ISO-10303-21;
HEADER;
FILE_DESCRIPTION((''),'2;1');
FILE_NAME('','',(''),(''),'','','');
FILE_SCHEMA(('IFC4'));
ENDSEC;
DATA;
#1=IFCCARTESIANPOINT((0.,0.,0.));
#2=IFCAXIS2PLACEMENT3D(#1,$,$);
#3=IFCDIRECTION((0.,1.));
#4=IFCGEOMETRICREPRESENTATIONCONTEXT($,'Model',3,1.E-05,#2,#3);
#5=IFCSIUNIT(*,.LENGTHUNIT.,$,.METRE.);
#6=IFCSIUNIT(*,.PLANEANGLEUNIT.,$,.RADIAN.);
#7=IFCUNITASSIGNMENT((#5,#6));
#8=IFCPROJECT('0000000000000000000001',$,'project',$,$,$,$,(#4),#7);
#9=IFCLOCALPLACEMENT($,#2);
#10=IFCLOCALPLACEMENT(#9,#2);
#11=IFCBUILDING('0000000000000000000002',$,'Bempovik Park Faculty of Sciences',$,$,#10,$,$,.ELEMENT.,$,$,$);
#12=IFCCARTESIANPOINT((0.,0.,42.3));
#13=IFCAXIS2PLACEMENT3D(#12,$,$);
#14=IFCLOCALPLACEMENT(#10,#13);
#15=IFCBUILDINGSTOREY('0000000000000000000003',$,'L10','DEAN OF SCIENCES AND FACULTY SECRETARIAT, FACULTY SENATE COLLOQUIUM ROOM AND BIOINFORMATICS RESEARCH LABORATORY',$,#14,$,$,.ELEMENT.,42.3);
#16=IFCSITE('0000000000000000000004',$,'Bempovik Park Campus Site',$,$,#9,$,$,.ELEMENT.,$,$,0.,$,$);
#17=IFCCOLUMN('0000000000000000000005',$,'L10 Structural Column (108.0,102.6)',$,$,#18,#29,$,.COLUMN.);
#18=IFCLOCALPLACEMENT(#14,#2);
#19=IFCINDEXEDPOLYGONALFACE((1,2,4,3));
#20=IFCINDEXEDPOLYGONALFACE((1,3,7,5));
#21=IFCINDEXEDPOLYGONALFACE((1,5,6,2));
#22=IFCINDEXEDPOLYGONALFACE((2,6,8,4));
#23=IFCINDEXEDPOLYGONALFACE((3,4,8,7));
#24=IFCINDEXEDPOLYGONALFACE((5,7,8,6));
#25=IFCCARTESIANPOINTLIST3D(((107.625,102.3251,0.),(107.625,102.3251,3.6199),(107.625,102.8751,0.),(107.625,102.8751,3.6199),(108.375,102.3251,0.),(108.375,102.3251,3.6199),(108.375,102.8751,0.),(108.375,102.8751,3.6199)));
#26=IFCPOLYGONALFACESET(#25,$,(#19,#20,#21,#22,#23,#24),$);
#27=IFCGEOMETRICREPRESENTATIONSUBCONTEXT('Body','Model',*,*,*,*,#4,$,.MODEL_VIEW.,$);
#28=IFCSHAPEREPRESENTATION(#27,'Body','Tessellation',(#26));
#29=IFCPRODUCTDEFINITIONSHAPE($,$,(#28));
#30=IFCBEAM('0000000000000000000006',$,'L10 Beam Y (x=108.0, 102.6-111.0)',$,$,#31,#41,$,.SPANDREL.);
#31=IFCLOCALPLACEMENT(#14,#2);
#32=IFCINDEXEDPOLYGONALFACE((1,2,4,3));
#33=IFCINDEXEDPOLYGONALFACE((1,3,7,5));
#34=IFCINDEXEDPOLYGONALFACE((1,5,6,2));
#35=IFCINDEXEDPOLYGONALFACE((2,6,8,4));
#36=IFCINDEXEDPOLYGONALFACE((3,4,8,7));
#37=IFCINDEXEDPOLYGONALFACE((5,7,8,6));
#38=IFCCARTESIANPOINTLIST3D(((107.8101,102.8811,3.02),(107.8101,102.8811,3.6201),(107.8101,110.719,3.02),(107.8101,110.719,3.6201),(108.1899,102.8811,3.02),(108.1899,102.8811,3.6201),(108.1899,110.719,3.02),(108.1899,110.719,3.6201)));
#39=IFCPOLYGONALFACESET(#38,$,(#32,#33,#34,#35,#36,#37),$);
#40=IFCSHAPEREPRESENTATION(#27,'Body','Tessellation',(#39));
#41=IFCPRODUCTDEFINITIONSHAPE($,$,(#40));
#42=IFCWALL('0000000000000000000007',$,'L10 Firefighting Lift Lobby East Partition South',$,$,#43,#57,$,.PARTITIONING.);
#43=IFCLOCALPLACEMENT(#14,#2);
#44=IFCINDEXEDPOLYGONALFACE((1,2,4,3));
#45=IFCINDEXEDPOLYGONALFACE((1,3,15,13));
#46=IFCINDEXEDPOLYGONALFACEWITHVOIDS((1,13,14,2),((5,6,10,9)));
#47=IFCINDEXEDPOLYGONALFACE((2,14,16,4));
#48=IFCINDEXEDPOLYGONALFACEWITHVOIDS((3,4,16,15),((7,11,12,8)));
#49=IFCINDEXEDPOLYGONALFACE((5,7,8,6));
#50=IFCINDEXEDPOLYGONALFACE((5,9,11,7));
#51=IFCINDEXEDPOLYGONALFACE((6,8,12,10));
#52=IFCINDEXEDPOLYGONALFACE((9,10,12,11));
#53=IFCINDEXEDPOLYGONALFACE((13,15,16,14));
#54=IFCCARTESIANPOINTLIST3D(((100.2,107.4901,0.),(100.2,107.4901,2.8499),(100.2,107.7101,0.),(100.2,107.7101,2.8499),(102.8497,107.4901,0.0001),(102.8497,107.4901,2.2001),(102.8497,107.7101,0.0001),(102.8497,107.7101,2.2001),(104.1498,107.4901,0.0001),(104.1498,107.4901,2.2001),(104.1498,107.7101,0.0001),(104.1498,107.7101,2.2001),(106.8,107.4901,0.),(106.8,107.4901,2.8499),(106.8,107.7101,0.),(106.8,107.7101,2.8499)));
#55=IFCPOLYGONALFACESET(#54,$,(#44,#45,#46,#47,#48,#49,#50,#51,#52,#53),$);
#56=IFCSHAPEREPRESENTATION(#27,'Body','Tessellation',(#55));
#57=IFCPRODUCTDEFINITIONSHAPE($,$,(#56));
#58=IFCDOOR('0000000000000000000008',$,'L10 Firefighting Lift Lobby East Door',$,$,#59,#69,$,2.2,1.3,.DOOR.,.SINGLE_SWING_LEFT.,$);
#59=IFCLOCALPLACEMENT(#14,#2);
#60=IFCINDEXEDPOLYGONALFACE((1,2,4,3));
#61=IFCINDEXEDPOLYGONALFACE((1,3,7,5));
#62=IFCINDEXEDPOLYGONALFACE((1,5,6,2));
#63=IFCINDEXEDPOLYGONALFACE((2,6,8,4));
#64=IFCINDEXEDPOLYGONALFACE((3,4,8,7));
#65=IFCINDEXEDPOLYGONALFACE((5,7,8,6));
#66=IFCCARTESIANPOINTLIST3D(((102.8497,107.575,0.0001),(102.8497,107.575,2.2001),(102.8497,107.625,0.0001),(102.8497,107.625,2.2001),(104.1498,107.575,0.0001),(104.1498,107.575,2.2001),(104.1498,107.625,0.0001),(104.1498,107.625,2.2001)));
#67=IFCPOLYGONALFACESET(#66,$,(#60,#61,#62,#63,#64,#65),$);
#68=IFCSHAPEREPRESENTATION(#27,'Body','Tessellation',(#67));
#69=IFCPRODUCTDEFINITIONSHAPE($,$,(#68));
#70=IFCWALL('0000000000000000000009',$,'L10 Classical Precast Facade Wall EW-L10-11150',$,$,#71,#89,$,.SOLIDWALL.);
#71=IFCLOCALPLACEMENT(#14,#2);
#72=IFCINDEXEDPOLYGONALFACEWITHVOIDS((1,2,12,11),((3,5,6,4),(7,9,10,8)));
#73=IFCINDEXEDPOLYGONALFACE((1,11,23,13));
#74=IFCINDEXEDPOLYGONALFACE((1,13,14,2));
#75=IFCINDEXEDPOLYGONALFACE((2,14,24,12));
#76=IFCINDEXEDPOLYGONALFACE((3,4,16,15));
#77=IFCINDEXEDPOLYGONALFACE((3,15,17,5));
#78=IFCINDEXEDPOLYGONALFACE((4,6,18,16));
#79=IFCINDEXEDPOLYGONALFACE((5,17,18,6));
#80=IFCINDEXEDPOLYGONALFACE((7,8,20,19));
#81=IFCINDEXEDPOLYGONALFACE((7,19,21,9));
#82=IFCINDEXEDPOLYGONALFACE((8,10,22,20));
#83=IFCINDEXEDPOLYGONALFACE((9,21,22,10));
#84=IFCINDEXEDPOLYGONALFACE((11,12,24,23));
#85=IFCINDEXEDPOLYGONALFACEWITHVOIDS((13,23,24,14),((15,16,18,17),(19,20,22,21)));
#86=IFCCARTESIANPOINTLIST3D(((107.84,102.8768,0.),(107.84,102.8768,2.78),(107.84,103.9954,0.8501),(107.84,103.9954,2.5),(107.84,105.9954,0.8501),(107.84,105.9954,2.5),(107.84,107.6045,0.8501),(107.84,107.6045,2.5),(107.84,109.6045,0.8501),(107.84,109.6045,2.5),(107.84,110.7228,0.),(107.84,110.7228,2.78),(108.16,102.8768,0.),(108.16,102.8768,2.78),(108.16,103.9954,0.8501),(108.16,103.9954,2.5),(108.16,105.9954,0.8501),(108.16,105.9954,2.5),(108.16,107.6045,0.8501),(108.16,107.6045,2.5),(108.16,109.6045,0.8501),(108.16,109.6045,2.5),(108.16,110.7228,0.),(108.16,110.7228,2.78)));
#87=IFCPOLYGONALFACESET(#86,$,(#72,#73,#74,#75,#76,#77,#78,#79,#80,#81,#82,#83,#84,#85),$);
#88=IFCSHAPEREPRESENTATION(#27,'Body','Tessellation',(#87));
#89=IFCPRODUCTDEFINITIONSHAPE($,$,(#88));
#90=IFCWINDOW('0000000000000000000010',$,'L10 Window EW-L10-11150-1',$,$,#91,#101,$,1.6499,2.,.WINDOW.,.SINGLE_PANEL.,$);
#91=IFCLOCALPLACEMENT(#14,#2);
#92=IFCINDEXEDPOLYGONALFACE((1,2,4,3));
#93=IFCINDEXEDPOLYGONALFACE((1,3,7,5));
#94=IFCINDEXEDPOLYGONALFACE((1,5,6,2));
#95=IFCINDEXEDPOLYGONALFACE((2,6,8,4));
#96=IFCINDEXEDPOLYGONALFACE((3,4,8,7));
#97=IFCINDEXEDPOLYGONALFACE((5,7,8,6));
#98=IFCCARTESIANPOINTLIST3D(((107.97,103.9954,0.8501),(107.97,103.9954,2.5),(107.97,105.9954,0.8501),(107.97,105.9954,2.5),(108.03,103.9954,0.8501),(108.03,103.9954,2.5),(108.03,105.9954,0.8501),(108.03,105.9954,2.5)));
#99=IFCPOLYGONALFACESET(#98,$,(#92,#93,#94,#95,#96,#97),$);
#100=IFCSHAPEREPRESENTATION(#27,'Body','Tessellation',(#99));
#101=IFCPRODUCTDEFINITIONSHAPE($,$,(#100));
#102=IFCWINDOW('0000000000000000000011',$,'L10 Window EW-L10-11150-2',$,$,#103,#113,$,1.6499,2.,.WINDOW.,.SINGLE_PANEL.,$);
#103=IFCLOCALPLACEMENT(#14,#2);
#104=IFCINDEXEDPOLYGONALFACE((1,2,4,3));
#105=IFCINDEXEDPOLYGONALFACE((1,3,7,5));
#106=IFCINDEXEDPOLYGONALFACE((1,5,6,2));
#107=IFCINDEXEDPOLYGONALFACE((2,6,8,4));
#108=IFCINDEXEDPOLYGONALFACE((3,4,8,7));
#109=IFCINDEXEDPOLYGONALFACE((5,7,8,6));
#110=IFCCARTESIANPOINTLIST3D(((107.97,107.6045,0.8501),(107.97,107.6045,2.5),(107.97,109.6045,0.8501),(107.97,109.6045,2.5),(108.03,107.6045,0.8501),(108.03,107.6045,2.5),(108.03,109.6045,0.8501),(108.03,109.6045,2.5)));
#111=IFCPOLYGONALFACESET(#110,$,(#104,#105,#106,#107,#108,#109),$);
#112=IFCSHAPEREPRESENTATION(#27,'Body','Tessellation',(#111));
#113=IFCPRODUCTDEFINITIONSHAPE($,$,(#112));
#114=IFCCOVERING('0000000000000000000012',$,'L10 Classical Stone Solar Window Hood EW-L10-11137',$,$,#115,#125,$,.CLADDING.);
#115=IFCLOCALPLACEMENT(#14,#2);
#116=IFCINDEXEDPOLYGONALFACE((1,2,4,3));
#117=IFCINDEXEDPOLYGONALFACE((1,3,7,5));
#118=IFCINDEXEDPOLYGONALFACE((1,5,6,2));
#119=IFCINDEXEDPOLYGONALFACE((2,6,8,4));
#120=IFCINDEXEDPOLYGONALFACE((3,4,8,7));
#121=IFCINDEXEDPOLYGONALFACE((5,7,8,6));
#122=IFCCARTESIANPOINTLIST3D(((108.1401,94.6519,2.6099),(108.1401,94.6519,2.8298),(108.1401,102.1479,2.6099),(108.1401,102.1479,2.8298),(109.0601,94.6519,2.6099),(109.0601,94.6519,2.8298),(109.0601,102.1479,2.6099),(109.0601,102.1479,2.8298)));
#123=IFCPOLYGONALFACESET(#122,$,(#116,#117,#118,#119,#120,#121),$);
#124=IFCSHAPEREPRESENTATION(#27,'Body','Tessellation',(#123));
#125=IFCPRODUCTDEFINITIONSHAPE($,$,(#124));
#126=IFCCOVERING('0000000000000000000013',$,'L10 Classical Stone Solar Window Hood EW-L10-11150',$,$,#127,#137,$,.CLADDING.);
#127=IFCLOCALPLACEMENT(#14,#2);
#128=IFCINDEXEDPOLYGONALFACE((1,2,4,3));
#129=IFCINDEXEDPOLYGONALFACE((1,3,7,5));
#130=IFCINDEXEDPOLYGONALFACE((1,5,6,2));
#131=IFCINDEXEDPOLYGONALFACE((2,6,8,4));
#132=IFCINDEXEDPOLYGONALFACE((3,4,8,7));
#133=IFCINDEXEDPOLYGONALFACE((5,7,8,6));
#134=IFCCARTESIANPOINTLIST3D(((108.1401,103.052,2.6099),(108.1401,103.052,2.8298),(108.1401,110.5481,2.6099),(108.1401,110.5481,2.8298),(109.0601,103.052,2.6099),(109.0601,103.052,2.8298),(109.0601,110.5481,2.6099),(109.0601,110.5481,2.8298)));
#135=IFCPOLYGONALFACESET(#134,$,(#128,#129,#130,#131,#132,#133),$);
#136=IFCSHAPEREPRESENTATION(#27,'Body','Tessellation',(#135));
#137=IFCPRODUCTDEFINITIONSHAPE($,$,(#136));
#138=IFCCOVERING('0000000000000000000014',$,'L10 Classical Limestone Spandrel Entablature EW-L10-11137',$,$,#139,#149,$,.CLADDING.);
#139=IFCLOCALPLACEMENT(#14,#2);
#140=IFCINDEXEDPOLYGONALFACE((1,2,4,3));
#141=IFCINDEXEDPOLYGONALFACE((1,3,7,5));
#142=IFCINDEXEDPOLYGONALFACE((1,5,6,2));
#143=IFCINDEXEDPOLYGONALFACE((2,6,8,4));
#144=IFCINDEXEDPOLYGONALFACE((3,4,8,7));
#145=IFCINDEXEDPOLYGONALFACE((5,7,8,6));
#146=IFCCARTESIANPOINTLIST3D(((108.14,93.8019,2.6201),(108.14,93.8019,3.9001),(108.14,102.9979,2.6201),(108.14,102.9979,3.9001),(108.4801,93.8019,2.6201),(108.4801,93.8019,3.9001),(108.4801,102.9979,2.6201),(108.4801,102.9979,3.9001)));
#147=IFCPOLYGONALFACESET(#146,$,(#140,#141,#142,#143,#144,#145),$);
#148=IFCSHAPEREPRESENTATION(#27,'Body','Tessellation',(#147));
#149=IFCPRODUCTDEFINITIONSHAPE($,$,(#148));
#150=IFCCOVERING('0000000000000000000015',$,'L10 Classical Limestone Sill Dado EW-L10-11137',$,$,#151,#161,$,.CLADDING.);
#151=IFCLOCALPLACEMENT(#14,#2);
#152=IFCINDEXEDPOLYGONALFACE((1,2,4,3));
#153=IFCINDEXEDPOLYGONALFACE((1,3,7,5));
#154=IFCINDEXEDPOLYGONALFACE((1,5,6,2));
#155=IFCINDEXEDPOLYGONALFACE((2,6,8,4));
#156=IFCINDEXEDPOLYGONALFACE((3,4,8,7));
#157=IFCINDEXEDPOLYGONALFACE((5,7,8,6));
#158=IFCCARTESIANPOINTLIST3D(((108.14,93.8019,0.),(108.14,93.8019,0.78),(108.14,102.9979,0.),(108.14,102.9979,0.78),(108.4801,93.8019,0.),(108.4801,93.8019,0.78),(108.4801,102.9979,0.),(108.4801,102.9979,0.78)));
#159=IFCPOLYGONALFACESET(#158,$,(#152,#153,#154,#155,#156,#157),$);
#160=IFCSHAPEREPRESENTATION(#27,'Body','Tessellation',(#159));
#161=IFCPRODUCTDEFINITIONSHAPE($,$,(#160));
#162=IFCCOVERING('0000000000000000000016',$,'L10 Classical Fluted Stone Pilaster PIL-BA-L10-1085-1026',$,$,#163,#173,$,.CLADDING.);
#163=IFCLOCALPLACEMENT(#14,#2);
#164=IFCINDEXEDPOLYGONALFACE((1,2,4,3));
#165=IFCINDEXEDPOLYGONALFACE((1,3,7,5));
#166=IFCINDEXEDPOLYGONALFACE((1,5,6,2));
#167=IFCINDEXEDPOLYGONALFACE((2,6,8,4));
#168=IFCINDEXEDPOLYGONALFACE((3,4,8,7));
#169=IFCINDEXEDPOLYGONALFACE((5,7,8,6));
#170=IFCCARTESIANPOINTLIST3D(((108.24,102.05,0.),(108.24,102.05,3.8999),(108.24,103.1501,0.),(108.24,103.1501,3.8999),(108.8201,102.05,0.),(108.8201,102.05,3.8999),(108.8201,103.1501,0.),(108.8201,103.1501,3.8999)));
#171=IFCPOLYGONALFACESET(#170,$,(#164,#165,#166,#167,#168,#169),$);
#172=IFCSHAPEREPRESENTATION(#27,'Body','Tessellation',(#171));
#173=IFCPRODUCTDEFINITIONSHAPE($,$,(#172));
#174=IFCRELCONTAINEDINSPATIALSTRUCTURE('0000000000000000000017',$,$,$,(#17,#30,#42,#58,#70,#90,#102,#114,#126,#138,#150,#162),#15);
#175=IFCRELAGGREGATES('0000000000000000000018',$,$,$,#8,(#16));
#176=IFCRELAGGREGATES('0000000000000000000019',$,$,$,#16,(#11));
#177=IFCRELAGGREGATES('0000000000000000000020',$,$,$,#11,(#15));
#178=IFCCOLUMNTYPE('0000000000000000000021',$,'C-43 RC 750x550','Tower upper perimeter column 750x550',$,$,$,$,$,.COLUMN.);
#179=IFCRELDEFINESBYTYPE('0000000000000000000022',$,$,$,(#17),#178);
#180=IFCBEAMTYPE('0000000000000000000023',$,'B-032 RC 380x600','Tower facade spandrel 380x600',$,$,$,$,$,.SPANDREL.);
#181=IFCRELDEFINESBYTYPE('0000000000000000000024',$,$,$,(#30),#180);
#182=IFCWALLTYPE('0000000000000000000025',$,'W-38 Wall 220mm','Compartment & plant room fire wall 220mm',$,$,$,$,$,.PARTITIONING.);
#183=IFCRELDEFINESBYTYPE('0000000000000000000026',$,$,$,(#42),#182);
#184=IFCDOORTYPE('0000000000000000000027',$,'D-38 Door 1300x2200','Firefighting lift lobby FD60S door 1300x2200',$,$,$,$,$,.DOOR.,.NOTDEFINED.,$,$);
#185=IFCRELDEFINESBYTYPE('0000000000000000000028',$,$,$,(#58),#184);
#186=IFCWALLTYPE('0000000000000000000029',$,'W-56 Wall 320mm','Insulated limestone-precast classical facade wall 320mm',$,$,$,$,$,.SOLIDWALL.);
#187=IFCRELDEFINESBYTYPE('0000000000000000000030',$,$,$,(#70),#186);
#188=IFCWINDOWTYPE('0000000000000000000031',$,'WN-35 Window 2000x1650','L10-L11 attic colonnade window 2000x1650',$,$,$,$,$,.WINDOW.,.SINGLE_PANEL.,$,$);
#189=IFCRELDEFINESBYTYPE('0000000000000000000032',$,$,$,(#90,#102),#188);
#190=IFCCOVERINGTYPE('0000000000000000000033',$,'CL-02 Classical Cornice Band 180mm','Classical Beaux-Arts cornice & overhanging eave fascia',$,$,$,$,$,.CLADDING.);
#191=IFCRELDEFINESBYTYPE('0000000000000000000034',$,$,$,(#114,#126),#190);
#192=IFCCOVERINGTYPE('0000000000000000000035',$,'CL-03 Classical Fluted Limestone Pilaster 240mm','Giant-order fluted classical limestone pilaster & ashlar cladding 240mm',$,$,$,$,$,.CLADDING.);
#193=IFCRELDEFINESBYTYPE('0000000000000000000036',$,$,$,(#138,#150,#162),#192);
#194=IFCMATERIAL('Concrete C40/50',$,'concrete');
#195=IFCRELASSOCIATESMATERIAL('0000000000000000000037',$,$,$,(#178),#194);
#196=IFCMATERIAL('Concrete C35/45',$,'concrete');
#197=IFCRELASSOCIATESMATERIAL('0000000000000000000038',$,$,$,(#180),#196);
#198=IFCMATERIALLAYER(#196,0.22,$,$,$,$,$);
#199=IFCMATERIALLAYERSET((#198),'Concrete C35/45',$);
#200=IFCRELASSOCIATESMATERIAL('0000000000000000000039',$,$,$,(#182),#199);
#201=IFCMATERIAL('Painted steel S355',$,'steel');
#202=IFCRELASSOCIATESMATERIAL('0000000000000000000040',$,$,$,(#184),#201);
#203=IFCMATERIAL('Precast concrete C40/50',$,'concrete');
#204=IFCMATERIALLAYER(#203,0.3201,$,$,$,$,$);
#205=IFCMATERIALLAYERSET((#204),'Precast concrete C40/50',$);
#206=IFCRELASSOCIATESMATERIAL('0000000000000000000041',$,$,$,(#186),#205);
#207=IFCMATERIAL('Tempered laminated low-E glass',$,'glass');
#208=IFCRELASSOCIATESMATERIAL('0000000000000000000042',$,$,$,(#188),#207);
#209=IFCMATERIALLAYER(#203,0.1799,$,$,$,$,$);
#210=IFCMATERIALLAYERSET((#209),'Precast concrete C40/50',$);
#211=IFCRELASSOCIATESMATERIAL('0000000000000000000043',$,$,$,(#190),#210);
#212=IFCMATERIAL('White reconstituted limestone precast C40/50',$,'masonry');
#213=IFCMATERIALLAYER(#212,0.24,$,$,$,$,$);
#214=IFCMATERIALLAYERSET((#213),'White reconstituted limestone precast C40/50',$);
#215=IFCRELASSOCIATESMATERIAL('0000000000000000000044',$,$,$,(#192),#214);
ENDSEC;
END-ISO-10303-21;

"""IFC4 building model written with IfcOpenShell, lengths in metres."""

from ifc_helpers import new_model, si_unit, direction, frame, frame_2d, origin, origin_2d, place, context, subcontext, project, spatial, rectangle, extrude, material, layer, layer_set, material_profile, profile_set, type_object, element, fill, save


model = new_model("IFC4")

# Units and contexts
model_context = context("Model", 3, precision=1e-05, world=origin(), true_north=direction((0.0, 1.0)))
body_context = subcontext(model_context, "Body", "Model", "MODEL_VIEW")
ifc_project = project(units=[si_unit("LENGTHUNIT", "METRE"), si_unit("PLANEANGLEUNIT", "RADIAN")], contexts=[model_context])

# Site, building, storey
site_placement = place(None, origin())
site = spatial("IfcSite", under=ifc_project, at=site_placement, Name="Bempovik Park Campus Site", CompositionType="ELEMENT", RefElevation=0.0)
building_placement = place(site_placement, origin())
building = spatial("IfcBuilding", under=site, at=building_placement, Name="Bempovik Park Faculty of Sciences", CompositionType="ELEMENT")
storey_placement = place(building_placement, frame((0.0, 0.0, 42.3)))
storey = spatial("IfcBuildingStorey", under=building, at=storey_placement, Name="L10", Description="DEAN OF SCIENCES AND FACULTY SECRETARIAT, FACULTY SENATE COLLOQUIUM ROOM AND BIOINFORMATICS RESEARCH LABORATORY", CompositionType="ELEMENT", Elevation=42.3)

# Column
ifc_material_1 = material(Name="Concrete C40/50", Category="concrete")
ifc_material_profile_1 = material_profile(ifc_material_1, rectangle(XDim=0.75, YDim=0.55, at=origin_2d()), Name="RC 750x550")
ifc_profile_set_1 = profile_set([ifc_material_profile_1], Name="Concrete C40/50")
column_type = type_object("IfcColumnType", Name="C-43 RC 750x550", Description="Tower upper perimeter column 750x550", PredefinedType="COLUMN", material=ifc_profile_set_1)
column_placement = place(storey_placement, frame((108.0, 102.6001, 0.0), z_axis=(0.0, 0.0, 1.0), x_axis=(1.0, 0.0, 0.0)))
element("IfcColumn", 1, at=column_placement, inside=storey, type_object=column_type, Name="L10 Structural Column (108.0,102.6)", PredefinedType="COLUMN", context=body_context, shape_type="SweptSolid", body=[
    extrude(rectangle(XDim=0.75, YDim=0.55, at=origin_2d()), origin(), (0.0, 0.0, 1.0), 3.6199),
])

# Beam
ifc_material_2 = material(Name="Concrete C35/45", Category="concrete")
ifc_material_profile_2 = material_profile(ifc_material_2, rectangle(XDim=0.3799, YDim=0.6001, at=origin_2d()), Name="RC 380x600")
ifc_profile_set_2 = profile_set([ifc_material_profile_2], Name="Concrete C35/45")
beam_type = type_object("IfcBeamType", Name="B-032 RC 380x600", Description="Tower facade spandrel 380x600", PredefinedType="SPANDREL", material=ifc_profile_set_2)
beam_placement = place(storey_placement, frame((108.0, 102.8811, 3.3201), z_axis=(0.0, 1.0, 0.0), x_axis=(-1.0, 0.0, 0.0)))
element("IfcBeam", 2, at=beam_placement, inside=storey, type_object=beam_type, Name="L10 Beam Y (x=108.0, 102.6-111.0)", PredefinedType="SPANDREL", context=body_context, shape_type="SweptSolid", body=[
    extrude(rectangle(XDim=0.3799, YDim=0.6001, at=origin_2d()), origin(), (0.0, 0.0, 1.0), 7.8379),
])

# Wall, opening, door
ifc_layer_1 = layer(ifc_material_2, 0.22)
ifc_layer_set_1 = layer_set([ifc_layer_1], Name="Concrete C35/45")
wall_type_1 = type_object("IfcWallType", Name="W-38 Wall 220mm", Description="Compartment & plant room fire wall 220mm", PredefinedType="PARTITIONING", material=ifc_layer_set_1)
wall_1_placement = place(storey_placement, frame((100.2, 107.6001, 0.0), z_axis=(0.0, 0.0, 1.0), x_axis=(1.0, 0.0, 0.0)))
wall_1 = element("IfcWall", 3, at=wall_1_placement, inside=storey, type_object=wall_type_1, Name="L10 Firefighting Lift Lobby East Partition South", PredefinedType="PARTITIONING", context=body_context, shape_type="SweptSolid", body=[
    extrude(rectangle(XDim=6.6001, YDim=0.22, at=frame_2d((3.3, 0.0))), origin(), (0.0, 0.0, 1.0), 2.8499),
])
opening_1_placement = place(wall_1_placement, frame((2.6499, 0.0, 0.0)))
opening_1 = element("IfcOpeningElement", 4, at=opening_1_placement, cuts=wall_1, PredefinedType="OPENING", context=body_context, shape_type="SweptSolid", body=[
    extrude(rectangle(XDim=1.3, YDim=2.2, at=frame_2d((0.6499, 1.1001))), frame((0.0, 0.1201, 0.0), z_axis=(0.0, -1.0, 0.0), x_axis=(1.0, 0.0, 0.0)), (0.0, 0.0, 1.0), 0.24),
])
ifc_material_3 = material(Name="Painted steel S355", Category="steel")
door_type = type_object("IfcDoorType", Name="D-38 Door 1300x2200", Description="Firefighting lift lobby FD60S door 1300x2200", OperationType="NOTDEFINED", PredefinedType="DOOR", material=ifc_material_3)
door_placement = place(opening_1_placement, origin())
door = element("IfcDoor", 5, at=door_placement, inside=storey, type_object=door_type, Name="L10 Firefighting Lift Lobby East Door", OperationType="SINGLE_SWING_LEFT", OverallHeight=2.2, OverallWidth=1.3, PredefinedType="DOOR", context=body_context, shape_type="SweptSolid", body=[
    extrude(rectangle(XDim=1.3, YDim=2.2, at=frame_2d((0.6499, 1.1001))), frame((0.0, 0.0249, 0.0), z_axis=(0.0, -1.0, 0.0), x_axis=(1.0, 0.0, 0.0)), (0.0, 0.0, 1.0), 0.05),
])
fill(opening_1, door)

# Wall, openings, windows
ifc_material_4 = material(Name="Precast concrete C40/50", Category="concrete")
ifc_layer_2 = layer(ifc_material_4, 0.3201)
ifc_layer_set_2 = layer_set([ifc_layer_2], Name="Precast concrete C40/50")
wall_type_2 = type_object("IfcWallType", Name="W-56 Wall 320mm", Description="Insulated limestone-precast classical facade wall 320mm", PredefinedType="SOLIDWALL", material=ifc_layer_set_2)
wall_2_placement = place(storey_placement, frame((108.0, 102.877, 0.0), z_axis=(0.0, 0.0, 1.0), x_axis=(0.0, 1.0, 0.0)))
wall_2 = element("IfcWall", 6, at=wall_2_placement, inside=storey, type_object=wall_type_2, Name="L10 Classical Precast Facade Wall EW-L10-11150", PredefinedType="SOLIDWALL", context=body_context, shape_type="SweptSolid", body=[
    extrude(rectangle(XDim=7.8459, YDim=0.3201, at=frame_2d((3.9229, 0.0))), origin(), (0.0, 0.0, 1.0), 2.78),
])
opening_2_placement = place(wall_2_placement, frame((1.1184, 0.0, 0.8501)))
opening_2 = element("IfcOpeningElement", 7, at=opening_2_placement, cuts=wall_2, PredefinedType="OPENING", context=body_context, shape_type="SweptSolid", body=[
    extrude(rectangle(XDim=2.0, YDim=1.6499, at=frame_2d((1.0, 0.825))), frame((0.0, 0.1699, 0.0), z_axis=(0.0, -1.0, 0.0), x_axis=(1.0, 0.0, 0.0)), (0.0, 0.0, 1.0), 0.3401),
])
opening_3_placement = place(wall_2_placement, frame((4.7275, 0.0, 0.8501)))
opening_3 = element("IfcOpeningElement", 8, at=opening_3_placement, cuts=wall_2, PredefinedType="OPENING", context=body_context, shape_type="SweptSolid", body=[
    extrude(rectangle(XDim=2.0, YDim=1.6499, at=frame_2d((1.0, 0.825))), frame((0.0, 0.1699, 0.0), z_axis=(0.0, -1.0, 0.0), x_axis=(1.0, 0.0, 0.0)), (0.0, 0.0, 1.0), 0.3401),
])
ifc_material_5 = material(Name="Tempered laminated low-E glass", Category="glass")
window_type = type_object("IfcWindowType", Name="WN-35 Window 2000x1650", Description="L10-L11 attic colonnade window 2000x1650", PartitioningType="SINGLE_PANEL", PredefinedType="WINDOW", material=ifc_material_5)
window_1_placement = place(opening_2_placement, origin())
window_1 = element("IfcWindow", 9, at=window_1_placement, inside=storey, type_object=window_type, Name="L10 Window EW-L10-11150-1", OverallHeight=1.6499, OverallWidth=2.0, PartitioningType="SINGLE_PANEL", PredefinedType="WINDOW", context=body_context, shape_type="SweptSolid", body=[
    extrude(rectangle(XDim=2.0, YDim=1.6499, at=frame_2d((1.0, 0.825))), frame((0.0, 0.03, 0.0), z_axis=(0.0, -1.0, 0.0), x_axis=(1.0, 0.0, 0.0)), (0.0, 0.0, 1.0), 0.0601),
])
fill(opening_2, window_1)
window_2_placement = place(opening_3_placement, origin())
window_2 = element("IfcWindow", 10, at=window_2_placement, inside=storey, type_object=window_type, Name="L10 Window EW-L10-11150-2", OverallHeight=1.6499, OverallWidth=2.0, PartitioningType="SINGLE_PANEL", PredefinedType="WINDOW", context=body_context, shape_type="SweptSolid", body=[
    extrude(rectangle(XDim=2.0, YDim=1.6499, at=frame_2d((1.0, 0.825))), frame((0.0, 0.03, 0.0), z_axis=(0.0, -1.0, 0.0), x_axis=(1.0, 0.0, 0.0)), (0.0, 0.0, 1.0), 0.0601),
])
fill(opening_3, window_2)

# Coverings
ifc_layer_3 = layer(ifc_material_4, 0.1799)
ifc_layer_set_3 = layer_set([ifc_layer_3], Name="Precast concrete C40/50")
covering_type_1 = type_object("IfcCoveringType", Name="CL-02 Classical Cornice Band 180mm", Description="Classical Beaux-Arts cornice & overhanging eave fascia", PredefinedType="CLADDING", material=ifc_layer_set_3)
for number, where, z_axis, x_axis, name in (
    (11, (108.6001, 98.3999, 2.6099), (0.0, 0.0, 1.0), (1.0, 0.0, 0.0), "L10 Classical Stone Solar Window Hood EW-L10-11137"),
    (12, (108.6001, 106.8, 2.6099), (0.0, 0.0, 1.0), (1.0, 0.0, 0.0), "L10 Classical Stone Solar Window Hood EW-L10-11150"),
):
    element("IfcCovering", number, at=place(storey_placement, frame(where, z_axis=z_axis, x_axis=x_axis)), inside=storey, type_object=covering_type_1, Name=name, PredefinedType="CLADDING", context=body_context, shape_type="SweptSolid", body=[
        extrude(rectangle(XDim=0.9199, YDim=7.4961, at=origin_2d()), origin(), (0.0, 0.0, 1.0), 0.22),
    ])
ifc_material_6 = material(Name="White reconstituted limestone precast C40/50", Category="masonry")
ifc_layer_4 = layer(ifc_material_6, 0.24)
ifc_layer_set_4 = layer_set([ifc_layer_4], Name="White reconstituted limestone precast C40/50")
covering_type_2 = type_object("IfcCoveringType", Name="CL-03 Classical Fluted Limestone Pilaster 240mm", Description="Giant-order fluted classical limestone pilaster & ashlar cladding 240mm", PredefinedType="CLADDING", material=ifc_layer_set_4)
covering_1_placement = place(storey_placement, frame((108.3101, 98.3999, 2.6201), z_axis=(0.0, 0.0, 1.0), x_axis=(1.0, 0.0, 0.0)))
element("IfcCovering", 13, at=covering_1_placement, inside=storey, type_object=covering_type_2, Name="L10 Classical Limestone Spandrel Entablature EW-L10-11137", PredefinedType="CLADDING", context=body_context, shape_type="SweptSolid", body=[
    extrude(rectangle(XDim=0.3401, YDim=9.196, at=origin_2d()), origin(), (0.0, 0.0, 1.0), 1.28),
])
covering_2_placement = place(storey_placement, frame((108.3101, 98.3999, 0.0), z_axis=(0.0, 0.0, 1.0), x_axis=(1.0, 0.0, 0.0)))
element("IfcCovering", 14, at=covering_2_placement, inside=storey, type_object=covering_type_2, Name="L10 Classical Limestone Sill Dado EW-L10-11137", PredefinedType="CLADDING", context=body_context, shape_type="SweptSolid", body=[
    extrude(rectangle(XDim=0.3401, YDim=9.196, at=origin_2d()), origin(), (0.0, 0.0, 1.0), 0.78),
])
covering_3_placement = place(storey_placement, frame((108.53, 102.6001, 0.0), z_axis=(0.0, 0.0, 1.0), x_axis=(1.0, 0.0, 0.0)))
element("IfcCovering", 15, at=covering_3_placement, inside=storey, type_object=covering_type_2, Name="L10 Classical Fluted Stone Pilaster PIL-BA-L10-1085-1026", PredefinedType="CLADDING", context=body_context, shape_type="SweptSolid", body=[
    extrude(rectangle(XDim=0.5801, YDim=1.1001, at=origin_2d()), origin(), (0.0, 0.0, 1.0), 3.8999),
])

save(model, "model.ifc")
